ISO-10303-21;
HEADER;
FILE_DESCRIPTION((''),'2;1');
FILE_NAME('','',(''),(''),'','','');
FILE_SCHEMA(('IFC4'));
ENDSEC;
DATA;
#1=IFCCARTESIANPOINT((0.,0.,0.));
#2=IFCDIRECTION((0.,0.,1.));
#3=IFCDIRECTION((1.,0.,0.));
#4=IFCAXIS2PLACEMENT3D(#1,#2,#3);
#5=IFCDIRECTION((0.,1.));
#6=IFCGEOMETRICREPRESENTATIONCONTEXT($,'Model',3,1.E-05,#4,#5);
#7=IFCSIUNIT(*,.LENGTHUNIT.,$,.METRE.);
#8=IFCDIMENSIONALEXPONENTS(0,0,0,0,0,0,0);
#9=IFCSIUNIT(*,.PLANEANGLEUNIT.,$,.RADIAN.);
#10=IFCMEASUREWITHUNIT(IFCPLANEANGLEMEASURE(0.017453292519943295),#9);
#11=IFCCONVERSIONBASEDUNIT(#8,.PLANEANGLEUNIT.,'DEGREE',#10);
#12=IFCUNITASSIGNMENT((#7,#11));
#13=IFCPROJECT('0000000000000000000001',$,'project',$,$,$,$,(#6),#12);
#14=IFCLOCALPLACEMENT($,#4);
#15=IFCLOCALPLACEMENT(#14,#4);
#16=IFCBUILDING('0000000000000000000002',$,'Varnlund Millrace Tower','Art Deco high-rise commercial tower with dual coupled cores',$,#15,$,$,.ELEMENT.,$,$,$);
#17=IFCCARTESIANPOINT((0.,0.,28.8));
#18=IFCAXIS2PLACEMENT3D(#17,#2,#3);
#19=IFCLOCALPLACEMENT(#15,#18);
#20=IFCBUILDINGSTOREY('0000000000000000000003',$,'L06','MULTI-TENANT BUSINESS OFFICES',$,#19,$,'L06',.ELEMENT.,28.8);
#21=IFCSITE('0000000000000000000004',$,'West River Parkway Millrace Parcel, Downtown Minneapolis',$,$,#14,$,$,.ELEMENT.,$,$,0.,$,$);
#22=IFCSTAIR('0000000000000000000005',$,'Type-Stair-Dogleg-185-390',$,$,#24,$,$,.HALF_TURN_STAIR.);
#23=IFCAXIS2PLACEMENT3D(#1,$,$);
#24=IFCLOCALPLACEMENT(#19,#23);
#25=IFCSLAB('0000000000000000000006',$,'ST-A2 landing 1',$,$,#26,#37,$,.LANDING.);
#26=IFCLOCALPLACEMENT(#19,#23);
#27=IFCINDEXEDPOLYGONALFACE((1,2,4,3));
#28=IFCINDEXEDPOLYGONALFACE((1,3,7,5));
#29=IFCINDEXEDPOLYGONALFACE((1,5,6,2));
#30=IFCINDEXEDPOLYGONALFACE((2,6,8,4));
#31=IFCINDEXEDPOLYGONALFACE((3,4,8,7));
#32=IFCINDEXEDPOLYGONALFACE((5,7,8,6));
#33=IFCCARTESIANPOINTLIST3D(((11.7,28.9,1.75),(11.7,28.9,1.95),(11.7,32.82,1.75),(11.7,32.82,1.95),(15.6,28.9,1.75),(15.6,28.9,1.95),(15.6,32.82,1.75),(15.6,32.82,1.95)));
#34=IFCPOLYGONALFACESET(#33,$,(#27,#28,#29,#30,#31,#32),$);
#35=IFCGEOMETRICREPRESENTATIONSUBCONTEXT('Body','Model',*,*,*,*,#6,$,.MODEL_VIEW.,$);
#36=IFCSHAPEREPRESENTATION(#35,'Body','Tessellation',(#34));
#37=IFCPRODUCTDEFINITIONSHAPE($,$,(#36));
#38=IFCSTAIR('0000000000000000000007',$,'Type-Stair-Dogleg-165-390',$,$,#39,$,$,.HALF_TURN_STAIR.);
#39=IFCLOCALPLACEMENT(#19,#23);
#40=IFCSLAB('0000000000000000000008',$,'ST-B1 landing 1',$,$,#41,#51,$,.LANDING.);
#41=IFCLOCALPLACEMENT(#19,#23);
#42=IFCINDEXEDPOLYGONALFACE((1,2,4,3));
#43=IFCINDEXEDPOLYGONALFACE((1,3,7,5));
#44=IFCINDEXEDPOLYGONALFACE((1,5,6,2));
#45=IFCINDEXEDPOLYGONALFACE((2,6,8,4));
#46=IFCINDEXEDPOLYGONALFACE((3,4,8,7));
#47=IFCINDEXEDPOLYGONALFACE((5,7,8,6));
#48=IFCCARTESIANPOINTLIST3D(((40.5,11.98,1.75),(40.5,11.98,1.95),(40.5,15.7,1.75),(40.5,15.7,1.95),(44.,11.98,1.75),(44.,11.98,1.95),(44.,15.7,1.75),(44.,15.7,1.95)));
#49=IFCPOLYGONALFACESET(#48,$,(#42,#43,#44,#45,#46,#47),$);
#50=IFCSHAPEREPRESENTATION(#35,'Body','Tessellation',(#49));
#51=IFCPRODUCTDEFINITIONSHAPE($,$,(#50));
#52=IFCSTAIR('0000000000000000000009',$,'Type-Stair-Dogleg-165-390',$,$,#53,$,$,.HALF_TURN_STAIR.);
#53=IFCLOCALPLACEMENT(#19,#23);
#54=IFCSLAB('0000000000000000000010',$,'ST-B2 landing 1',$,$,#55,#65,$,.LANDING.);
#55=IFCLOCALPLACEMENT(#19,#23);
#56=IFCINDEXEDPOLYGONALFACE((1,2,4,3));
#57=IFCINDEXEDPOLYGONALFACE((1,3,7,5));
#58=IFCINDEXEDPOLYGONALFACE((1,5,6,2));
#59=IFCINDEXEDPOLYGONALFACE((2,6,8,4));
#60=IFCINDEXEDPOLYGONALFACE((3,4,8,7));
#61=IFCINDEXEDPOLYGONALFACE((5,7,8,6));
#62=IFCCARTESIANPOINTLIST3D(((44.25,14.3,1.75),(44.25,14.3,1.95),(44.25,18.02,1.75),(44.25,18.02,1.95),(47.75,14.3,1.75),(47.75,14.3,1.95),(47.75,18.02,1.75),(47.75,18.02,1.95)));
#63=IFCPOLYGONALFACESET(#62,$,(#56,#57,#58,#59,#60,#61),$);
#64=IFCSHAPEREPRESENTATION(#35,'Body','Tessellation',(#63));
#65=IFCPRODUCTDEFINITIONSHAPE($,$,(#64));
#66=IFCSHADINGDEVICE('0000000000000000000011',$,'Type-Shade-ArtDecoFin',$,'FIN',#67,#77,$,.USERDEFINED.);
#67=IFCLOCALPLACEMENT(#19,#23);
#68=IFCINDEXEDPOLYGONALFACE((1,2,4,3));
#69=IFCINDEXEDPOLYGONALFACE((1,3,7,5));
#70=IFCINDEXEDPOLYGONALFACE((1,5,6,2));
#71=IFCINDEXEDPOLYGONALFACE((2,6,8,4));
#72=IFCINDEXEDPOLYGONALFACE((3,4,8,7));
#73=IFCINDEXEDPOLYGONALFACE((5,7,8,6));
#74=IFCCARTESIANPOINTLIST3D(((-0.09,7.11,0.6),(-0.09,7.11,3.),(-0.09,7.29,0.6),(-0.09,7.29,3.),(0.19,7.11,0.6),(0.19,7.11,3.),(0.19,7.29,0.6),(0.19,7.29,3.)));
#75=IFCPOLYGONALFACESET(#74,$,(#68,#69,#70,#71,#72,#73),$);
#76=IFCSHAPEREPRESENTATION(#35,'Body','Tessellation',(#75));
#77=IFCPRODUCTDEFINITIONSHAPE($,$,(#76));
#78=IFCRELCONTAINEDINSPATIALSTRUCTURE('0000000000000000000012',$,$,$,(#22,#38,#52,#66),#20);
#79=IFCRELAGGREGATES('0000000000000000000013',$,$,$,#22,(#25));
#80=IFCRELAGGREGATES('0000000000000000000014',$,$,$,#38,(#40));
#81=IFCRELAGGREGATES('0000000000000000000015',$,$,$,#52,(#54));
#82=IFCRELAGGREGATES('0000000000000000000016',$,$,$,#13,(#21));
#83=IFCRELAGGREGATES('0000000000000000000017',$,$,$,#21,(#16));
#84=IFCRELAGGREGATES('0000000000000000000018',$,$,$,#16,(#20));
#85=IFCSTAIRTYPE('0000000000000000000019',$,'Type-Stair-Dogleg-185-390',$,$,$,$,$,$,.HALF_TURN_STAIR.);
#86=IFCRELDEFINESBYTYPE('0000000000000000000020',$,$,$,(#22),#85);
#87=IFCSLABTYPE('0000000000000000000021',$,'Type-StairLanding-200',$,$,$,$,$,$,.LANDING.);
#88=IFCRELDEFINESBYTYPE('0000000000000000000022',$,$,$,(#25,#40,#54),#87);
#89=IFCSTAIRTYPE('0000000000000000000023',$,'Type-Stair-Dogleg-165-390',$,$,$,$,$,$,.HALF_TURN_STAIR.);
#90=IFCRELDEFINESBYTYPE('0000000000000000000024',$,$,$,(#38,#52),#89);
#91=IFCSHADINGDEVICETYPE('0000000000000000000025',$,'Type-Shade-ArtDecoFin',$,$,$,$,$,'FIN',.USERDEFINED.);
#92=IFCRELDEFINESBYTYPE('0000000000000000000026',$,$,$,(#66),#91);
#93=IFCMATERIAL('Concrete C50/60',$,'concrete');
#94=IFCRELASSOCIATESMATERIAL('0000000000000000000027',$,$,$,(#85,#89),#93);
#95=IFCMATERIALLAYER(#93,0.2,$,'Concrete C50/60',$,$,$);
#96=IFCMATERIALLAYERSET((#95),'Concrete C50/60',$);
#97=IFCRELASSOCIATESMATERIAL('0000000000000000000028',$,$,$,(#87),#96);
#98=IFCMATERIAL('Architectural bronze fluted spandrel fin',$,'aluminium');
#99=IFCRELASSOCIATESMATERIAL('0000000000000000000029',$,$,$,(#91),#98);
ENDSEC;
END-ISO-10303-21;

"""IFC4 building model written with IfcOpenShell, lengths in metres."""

from ifc_helpers import new_model, entity, si_unit, converted_unit, direction, frame, origin_with_axes, origin_2d_with_axis, place, context, subcontext, project, spatial, polyline, rectangle, outline, extrude, material, layer, layer_set, type_object, element, aggregate, save


model = new_model("IFC4")

# Units and contexts
model_context = context("Model", 3, precision=1e-05, world=origin_with_axes(), true_north=direction((0.0, 1.0)))
body_context = subcontext(model_context, "Body", "Model", "MODEL_VIEW")
ifc_project = project(units=[si_unit("LENGTHUNIT", "METRE"), converted_unit("PLANEANGLEUNIT", "DEGREE", entity("IfcPlaneAngleMeasure", 0.017453292519943295), si_unit("PLANEANGLEUNIT", "RADIAN"), dimensions=[0, 0, 0, 0, 0, 0, 0])], contexts=[model_context])

# Site, building, storey
site_placement = place(None, origin_with_axes())
site = spatial("IfcSite", under=ifc_project, at=site_placement, Name="West River Parkway Millrace Parcel, Downtown Minneapolis", CompositionType="ELEMENT", RefElevation=0.0)
building_placement = place(site_placement, origin_with_axes())
building = spatial("IfcBuilding", under=site, at=building_placement, Name="Varnlund Millrace Tower", Description="Art Deco high-rise commercial tower with dual coupled cores", CompositionType="ELEMENT")
storey_placement = place(building_placement, frame((0.0, 0.0, 28.8), z_axis=(0.0, 0.0, 1.0), x_axis=(1.0, 0.0, 0.0)))
storey = spatial("IfcBuildingStorey", under=building, at=storey_placement, Name="L06", Description="MULTI-TENANT BUSINESS OFFICES", LongName="L06", CompositionType="ELEMENT", Elevation=28.8)

# Stairs, slabs
ifc_material_1 = material(Name="Concrete C50/60", Category="concrete")
stair_type_1 = type_object("IfcStairType", Name="Type-Stair-Dogleg-185-390", PredefinedType="HALF_TURN_STAIR", material=ifc_material_1)
ifc_layer = layer(ifc_material_1, 0.2, Name="Concrete C50/60")
ifc_layer_set = layer_set([ifc_layer], Name="Concrete C50/60")
slab_type = type_object("IfcSlabType", Name="Type-StairLanding-200", PredefinedType="LANDING", material=ifc_layer_set)
stair_1_placement = place(storey_placement, origin_with_axes())
stair_1 = element("IfcStair", 1, at=stair_1_placement, inside=storey, type_object=stair_type_1, Name="Type-Stair-Dogleg-185-390", PredefinedType="HALF_TURN_STAIR")
slab_1_placement = place(storey_placement, frame((0.0, 0.0, 1.75), z_axis=(0.0, 0.0, 1.0), x_axis=(1.0, 0.0, 0.0)))
slab_1 = element("IfcSlab", 2, at=slab_1_placement, type_object=slab_type, Name="ST-A2 landing 1", PredefinedType="LANDING", context=body_context, shape_type="SweptSolid", body=[
    extrude(outline(polyline([(11.7, 32.82), (11.7, 28.9), (15.6, 28.9), (15.6, 32.82), (11.7, 32.82)])), origin_with_axes(), (0.0, 0.0, 1.0), 0.2),
])
aggregate(stair_1, [slab_1])
stair_type_2 = type_object("IfcStairType", Name="Type-Stair-Dogleg-165-390", PredefinedType="HALF_TURN_STAIR", material=ifc_material_1)
stair_2_placement = place(storey_placement, origin_with_axes())
stair_2 = element("IfcStair", 3, at=stair_2_placement, inside=storey, type_object=stair_type_2, Name="Type-Stair-Dogleg-165-390", PredefinedType="HALF_TURN_STAIR")
slab_2_placement = place(storey_placement, frame((0.0, 0.0, 1.75), z_axis=(0.0, 0.0, 1.0), x_axis=(1.0, 0.0, 0.0)))
slab_2 = element("IfcSlab", 4, at=slab_2_placement, type_object=slab_type, Name="ST-B1 landing 1", PredefinedType="LANDING", context=body_context, shape_type="SweptSolid", body=[
    extrude(outline(polyline([(44.0, 11.98), (44.0, 15.7), (40.5, 15.7), (40.5, 11.98), (44.0, 11.98)])), origin_with_axes(), (0.0, 0.0, 1.0), 0.2),
])
aggregate(stair_2, [slab_2])
stair_3_placement = place(storey_placement, origin_with_axes())
stair_3 = element("IfcStair", 5, at=stair_3_placement, inside=storey, type_object=stair_type_2, Name="Type-Stair-Dogleg-165-390", PredefinedType="HALF_TURN_STAIR")
slab_3_placement = place(storey_placement, frame((0.0, 0.0, 1.75), z_axis=(0.0, 0.0, 1.0), x_axis=(1.0, 0.0, 0.0)))
slab_3 = element("IfcSlab", 6, at=slab_3_placement, type_object=slab_type, Name="ST-B2 landing 1", PredefinedType="LANDING", context=body_context, shape_type="SweptSolid", body=[
    extrude(outline(polyline([(44.25, 18.02), (44.25, 14.3), (47.75, 14.3), (47.75, 18.02), (44.25, 18.02)])), origin_with_axes(), (0.0, 0.0, 1.0), 0.2),
])
aggregate(stair_3, [slab_3])

# Shading device
ifc_material_2 = material(Name="Architectural bronze fluted spandrel fin", Category="aluminium")
shading_device_type = type_object("IfcShadingDeviceType", Name="Type-Shade-ArtDecoFin", ElementType="FIN", PredefinedType="USERDEFINED", material=ifc_material_2)
shading_device_placement = place(storey_placement, frame((0.05, 7.2, 0.6), z_axis=(0.0, 0.0, 1.0), x_axis=(1.0, 0.0, 0.0)))
element("IfcShadingDevice", 7, at=shading_device_placement, inside=storey, type_object=shading_device_type, Name="Type-Shade-ArtDecoFin", ObjectType="FIN", PredefinedType="USERDEFINED", context=body_context, shape_type="SweptSolid", body=[
    extrude(rectangle(XDim=0.28, YDim=0.18, at=origin_2d_with_axis()), origin_with_axes(), (0.0, 0.0, 1.0), 2.4),
])

save(model, "model.ifc")
